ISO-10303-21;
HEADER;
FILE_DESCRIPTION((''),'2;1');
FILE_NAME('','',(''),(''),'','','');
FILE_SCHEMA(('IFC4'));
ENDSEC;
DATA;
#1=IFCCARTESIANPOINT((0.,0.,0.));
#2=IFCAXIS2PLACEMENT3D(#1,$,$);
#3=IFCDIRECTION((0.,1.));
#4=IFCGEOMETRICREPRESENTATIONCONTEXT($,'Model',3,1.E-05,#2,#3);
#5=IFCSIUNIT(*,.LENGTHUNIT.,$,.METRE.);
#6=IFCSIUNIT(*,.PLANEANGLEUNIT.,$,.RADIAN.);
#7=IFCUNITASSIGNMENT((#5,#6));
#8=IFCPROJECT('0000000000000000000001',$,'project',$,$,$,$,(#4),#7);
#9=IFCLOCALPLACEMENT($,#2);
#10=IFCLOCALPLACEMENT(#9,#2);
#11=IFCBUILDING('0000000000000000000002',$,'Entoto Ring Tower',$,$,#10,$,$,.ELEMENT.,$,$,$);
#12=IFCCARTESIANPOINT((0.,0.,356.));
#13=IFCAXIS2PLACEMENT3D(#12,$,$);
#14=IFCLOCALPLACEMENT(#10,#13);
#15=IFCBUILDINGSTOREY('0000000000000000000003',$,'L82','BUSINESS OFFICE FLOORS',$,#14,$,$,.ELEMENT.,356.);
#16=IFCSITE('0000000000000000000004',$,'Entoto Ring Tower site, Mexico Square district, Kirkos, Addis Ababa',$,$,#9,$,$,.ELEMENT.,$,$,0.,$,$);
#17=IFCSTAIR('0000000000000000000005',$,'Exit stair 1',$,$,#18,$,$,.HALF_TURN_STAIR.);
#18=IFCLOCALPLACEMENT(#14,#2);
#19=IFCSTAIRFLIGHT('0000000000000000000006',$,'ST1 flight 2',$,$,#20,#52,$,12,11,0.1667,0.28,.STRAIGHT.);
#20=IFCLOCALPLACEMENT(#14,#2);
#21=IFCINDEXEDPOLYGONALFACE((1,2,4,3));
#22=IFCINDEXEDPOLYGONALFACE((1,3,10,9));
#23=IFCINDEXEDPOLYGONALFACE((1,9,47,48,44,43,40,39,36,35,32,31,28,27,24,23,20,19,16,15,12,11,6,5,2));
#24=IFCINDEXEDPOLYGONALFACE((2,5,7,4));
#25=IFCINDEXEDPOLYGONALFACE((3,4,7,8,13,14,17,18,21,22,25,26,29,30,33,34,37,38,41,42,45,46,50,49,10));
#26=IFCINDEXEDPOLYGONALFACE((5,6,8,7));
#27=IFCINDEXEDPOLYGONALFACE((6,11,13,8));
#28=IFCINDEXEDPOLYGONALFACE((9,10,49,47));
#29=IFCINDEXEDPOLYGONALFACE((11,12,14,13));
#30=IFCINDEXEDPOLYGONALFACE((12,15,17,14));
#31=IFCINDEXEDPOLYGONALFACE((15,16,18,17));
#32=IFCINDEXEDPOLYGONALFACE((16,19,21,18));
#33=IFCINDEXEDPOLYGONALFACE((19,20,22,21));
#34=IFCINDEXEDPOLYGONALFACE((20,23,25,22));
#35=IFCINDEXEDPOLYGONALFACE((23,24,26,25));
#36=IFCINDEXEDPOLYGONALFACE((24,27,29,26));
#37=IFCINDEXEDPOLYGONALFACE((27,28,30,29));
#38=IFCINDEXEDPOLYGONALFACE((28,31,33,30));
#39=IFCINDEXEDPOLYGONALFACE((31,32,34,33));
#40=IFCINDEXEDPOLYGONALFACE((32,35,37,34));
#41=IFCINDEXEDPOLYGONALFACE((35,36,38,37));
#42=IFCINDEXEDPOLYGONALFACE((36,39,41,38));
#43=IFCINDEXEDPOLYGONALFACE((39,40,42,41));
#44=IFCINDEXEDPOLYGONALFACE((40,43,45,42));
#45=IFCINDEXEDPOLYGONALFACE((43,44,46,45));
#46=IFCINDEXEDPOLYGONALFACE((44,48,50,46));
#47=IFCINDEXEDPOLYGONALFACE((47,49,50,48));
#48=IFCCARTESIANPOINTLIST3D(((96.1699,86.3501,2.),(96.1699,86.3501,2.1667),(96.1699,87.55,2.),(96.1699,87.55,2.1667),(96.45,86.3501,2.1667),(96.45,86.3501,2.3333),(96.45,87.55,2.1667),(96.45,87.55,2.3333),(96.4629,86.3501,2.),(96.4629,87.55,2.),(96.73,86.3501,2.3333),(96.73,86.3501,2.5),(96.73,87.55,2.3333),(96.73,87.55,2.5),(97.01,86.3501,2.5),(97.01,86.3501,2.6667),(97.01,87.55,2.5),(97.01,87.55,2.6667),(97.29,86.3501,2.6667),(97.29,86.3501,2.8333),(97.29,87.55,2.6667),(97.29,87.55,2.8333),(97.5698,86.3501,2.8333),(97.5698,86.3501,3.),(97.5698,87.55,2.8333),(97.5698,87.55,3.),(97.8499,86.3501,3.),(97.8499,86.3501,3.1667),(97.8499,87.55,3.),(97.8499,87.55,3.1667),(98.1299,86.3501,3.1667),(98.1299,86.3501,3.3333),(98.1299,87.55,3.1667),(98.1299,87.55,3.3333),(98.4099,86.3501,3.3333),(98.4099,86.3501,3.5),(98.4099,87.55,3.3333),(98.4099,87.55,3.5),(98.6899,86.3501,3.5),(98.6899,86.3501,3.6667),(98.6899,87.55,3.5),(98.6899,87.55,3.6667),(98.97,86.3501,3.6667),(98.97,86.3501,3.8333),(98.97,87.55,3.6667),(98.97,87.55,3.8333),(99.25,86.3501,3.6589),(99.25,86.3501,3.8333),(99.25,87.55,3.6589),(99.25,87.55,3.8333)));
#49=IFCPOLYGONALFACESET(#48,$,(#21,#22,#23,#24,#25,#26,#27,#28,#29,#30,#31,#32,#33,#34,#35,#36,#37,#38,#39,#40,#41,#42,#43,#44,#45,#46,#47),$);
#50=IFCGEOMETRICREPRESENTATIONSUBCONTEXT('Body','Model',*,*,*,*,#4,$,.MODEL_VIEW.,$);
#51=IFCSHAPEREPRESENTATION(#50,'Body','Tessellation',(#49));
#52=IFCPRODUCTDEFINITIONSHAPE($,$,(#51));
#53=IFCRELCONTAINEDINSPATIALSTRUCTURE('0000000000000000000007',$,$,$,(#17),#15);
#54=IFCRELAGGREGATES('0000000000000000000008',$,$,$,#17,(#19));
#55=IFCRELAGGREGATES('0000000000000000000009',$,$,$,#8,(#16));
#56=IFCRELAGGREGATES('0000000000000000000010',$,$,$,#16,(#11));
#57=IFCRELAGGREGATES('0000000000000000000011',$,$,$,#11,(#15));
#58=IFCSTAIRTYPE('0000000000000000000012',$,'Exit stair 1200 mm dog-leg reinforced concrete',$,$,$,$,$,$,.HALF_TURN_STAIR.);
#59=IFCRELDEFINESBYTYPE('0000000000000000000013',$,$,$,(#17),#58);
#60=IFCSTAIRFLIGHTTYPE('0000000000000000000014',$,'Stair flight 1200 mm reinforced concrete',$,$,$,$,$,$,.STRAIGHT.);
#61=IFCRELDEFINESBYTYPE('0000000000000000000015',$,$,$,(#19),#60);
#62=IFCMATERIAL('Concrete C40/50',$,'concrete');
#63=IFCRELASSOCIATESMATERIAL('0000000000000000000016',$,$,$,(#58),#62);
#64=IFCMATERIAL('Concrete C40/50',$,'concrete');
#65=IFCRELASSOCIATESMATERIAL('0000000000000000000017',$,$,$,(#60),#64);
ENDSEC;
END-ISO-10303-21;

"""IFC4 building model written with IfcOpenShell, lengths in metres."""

from ifc_helpers import new_model, si_unit, direction, frame, origin, place, context, subcontext, project, spatial, polyline, outline, extrude, material, type_object, element, aggregate, save


model = new_model("IFC4")

# Units and contexts
model_context = context("Model", 3, precision=1e-05, world=origin(), true_north=direction((0.0, 1.0)))
body_context = subcontext(model_context, "Body", "Model", "MODEL_VIEW")
ifc_project = project(units=[si_unit("LENGTHUNIT", "METRE"), si_unit("PLANEANGLEUNIT", "RADIAN")], contexts=[model_context])

# Site, building, storey
site_placement = place(None, origin())
site = spatial("IfcSite", under=ifc_project, at=site_placement, Name="Entoto Ring Tower site, Mexico Square district, Kirkos, Addis Ababa", CompositionType="ELEMENT", RefElevation=0.0)
building_placement = place(site_placement, origin())
building = spatial("IfcBuilding", under=site, at=building_placement, Name="Entoto Ring Tower", CompositionType="ELEMENT")
storey_placement = place(building_placement, frame((0.0, 0.0, 356.0)))
storey = spatial("IfcBuildingStorey", under=building, at=storey_placement, Name="L82", Description="BUSINESS OFFICE FLOORS", CompositionType="ELEMENT", Elevation=356.0)

# Stair, stair flight
ifc_material_1 = material(Name="Concrete C40/50", Category="concrete")
stair_type = type_object("IfcStairType", Name="Exit stair 1200 mm dog-leg reinforced concrete", PredefinedType="HALF_TURN_STAIR", material=ifc_material_1)
stair_placement = place(storey_placement, origin())
stair = element("IfcStair", 1, at=stair_placement, inside=storey, type_object=stair_type, Name="Exit stair 1", PredefinedType="HALF_TURN_STAIR")
ifc_material_2 = material(Name="Concrete C40/50", Category="concrete")
stair_flight_type = type_object("IfcStairFlightType", Name="Stair flight 1200 mm reinforced concrete", PredefinedType="STRAIGHT", material=ifc_material_2)
stair_flight_1_placement = place(storey_placement, frame((96.1699, 86.95, 2.0), z_axis=(0.0, 0.0, 1.0), x_axis=(1.0, 0.0, 0.0)))
stair_flight_1 = element("IfcStairFlight", 2, at=stair_flight_1_placement, type_object=stair_flight_type, Name="ST1 flight 2", NumberOfRisers=12, NumberOfTreads=11, PredefinedType="STRAIGHT", RiserHeight=0.1667, TreadLength=0.28, context=body_context, shape_type="SweptSolid", body=[
    extrude(outline(polyline([(0.0, 0.0), (0.0, 0.1667), (0.28, 0.1667), (0.28, 0.3333), (0.5601, 0.3333), (0.5601, 0.5), (0.8401, 0.5), (0.8401, 0.6667), (1.1201, 0.6667), (1.1201, 0.8333), (1.3999, 0.8333), (1.3999, 1.0), (1.6799, 1.0), (1.6799, 1.1667), (1.96, 1.1667), (1.96, 1.3333), (2.24, 1.3333), (2.24, 1.5), (2.52, 1.5), (2.52, 1.6667), (2.8, 1.6667), (2.8, 1.8333), (3.0801, 1.8333), (3.0801, 2.0), (3.0801, 1.6589), (0.293, 0.0), (0.0, 0.0)])), frame((0.0, 0.6001, 0.0), z_axis=(0.0, -1.0, 0.0), x_axis=(1.0, 0.0, 0.0)), (0.0, 0.0, 1.0), 1.2),
])
aggregate(stair, [stair_flight_1])

save(model, "model.ifc")
